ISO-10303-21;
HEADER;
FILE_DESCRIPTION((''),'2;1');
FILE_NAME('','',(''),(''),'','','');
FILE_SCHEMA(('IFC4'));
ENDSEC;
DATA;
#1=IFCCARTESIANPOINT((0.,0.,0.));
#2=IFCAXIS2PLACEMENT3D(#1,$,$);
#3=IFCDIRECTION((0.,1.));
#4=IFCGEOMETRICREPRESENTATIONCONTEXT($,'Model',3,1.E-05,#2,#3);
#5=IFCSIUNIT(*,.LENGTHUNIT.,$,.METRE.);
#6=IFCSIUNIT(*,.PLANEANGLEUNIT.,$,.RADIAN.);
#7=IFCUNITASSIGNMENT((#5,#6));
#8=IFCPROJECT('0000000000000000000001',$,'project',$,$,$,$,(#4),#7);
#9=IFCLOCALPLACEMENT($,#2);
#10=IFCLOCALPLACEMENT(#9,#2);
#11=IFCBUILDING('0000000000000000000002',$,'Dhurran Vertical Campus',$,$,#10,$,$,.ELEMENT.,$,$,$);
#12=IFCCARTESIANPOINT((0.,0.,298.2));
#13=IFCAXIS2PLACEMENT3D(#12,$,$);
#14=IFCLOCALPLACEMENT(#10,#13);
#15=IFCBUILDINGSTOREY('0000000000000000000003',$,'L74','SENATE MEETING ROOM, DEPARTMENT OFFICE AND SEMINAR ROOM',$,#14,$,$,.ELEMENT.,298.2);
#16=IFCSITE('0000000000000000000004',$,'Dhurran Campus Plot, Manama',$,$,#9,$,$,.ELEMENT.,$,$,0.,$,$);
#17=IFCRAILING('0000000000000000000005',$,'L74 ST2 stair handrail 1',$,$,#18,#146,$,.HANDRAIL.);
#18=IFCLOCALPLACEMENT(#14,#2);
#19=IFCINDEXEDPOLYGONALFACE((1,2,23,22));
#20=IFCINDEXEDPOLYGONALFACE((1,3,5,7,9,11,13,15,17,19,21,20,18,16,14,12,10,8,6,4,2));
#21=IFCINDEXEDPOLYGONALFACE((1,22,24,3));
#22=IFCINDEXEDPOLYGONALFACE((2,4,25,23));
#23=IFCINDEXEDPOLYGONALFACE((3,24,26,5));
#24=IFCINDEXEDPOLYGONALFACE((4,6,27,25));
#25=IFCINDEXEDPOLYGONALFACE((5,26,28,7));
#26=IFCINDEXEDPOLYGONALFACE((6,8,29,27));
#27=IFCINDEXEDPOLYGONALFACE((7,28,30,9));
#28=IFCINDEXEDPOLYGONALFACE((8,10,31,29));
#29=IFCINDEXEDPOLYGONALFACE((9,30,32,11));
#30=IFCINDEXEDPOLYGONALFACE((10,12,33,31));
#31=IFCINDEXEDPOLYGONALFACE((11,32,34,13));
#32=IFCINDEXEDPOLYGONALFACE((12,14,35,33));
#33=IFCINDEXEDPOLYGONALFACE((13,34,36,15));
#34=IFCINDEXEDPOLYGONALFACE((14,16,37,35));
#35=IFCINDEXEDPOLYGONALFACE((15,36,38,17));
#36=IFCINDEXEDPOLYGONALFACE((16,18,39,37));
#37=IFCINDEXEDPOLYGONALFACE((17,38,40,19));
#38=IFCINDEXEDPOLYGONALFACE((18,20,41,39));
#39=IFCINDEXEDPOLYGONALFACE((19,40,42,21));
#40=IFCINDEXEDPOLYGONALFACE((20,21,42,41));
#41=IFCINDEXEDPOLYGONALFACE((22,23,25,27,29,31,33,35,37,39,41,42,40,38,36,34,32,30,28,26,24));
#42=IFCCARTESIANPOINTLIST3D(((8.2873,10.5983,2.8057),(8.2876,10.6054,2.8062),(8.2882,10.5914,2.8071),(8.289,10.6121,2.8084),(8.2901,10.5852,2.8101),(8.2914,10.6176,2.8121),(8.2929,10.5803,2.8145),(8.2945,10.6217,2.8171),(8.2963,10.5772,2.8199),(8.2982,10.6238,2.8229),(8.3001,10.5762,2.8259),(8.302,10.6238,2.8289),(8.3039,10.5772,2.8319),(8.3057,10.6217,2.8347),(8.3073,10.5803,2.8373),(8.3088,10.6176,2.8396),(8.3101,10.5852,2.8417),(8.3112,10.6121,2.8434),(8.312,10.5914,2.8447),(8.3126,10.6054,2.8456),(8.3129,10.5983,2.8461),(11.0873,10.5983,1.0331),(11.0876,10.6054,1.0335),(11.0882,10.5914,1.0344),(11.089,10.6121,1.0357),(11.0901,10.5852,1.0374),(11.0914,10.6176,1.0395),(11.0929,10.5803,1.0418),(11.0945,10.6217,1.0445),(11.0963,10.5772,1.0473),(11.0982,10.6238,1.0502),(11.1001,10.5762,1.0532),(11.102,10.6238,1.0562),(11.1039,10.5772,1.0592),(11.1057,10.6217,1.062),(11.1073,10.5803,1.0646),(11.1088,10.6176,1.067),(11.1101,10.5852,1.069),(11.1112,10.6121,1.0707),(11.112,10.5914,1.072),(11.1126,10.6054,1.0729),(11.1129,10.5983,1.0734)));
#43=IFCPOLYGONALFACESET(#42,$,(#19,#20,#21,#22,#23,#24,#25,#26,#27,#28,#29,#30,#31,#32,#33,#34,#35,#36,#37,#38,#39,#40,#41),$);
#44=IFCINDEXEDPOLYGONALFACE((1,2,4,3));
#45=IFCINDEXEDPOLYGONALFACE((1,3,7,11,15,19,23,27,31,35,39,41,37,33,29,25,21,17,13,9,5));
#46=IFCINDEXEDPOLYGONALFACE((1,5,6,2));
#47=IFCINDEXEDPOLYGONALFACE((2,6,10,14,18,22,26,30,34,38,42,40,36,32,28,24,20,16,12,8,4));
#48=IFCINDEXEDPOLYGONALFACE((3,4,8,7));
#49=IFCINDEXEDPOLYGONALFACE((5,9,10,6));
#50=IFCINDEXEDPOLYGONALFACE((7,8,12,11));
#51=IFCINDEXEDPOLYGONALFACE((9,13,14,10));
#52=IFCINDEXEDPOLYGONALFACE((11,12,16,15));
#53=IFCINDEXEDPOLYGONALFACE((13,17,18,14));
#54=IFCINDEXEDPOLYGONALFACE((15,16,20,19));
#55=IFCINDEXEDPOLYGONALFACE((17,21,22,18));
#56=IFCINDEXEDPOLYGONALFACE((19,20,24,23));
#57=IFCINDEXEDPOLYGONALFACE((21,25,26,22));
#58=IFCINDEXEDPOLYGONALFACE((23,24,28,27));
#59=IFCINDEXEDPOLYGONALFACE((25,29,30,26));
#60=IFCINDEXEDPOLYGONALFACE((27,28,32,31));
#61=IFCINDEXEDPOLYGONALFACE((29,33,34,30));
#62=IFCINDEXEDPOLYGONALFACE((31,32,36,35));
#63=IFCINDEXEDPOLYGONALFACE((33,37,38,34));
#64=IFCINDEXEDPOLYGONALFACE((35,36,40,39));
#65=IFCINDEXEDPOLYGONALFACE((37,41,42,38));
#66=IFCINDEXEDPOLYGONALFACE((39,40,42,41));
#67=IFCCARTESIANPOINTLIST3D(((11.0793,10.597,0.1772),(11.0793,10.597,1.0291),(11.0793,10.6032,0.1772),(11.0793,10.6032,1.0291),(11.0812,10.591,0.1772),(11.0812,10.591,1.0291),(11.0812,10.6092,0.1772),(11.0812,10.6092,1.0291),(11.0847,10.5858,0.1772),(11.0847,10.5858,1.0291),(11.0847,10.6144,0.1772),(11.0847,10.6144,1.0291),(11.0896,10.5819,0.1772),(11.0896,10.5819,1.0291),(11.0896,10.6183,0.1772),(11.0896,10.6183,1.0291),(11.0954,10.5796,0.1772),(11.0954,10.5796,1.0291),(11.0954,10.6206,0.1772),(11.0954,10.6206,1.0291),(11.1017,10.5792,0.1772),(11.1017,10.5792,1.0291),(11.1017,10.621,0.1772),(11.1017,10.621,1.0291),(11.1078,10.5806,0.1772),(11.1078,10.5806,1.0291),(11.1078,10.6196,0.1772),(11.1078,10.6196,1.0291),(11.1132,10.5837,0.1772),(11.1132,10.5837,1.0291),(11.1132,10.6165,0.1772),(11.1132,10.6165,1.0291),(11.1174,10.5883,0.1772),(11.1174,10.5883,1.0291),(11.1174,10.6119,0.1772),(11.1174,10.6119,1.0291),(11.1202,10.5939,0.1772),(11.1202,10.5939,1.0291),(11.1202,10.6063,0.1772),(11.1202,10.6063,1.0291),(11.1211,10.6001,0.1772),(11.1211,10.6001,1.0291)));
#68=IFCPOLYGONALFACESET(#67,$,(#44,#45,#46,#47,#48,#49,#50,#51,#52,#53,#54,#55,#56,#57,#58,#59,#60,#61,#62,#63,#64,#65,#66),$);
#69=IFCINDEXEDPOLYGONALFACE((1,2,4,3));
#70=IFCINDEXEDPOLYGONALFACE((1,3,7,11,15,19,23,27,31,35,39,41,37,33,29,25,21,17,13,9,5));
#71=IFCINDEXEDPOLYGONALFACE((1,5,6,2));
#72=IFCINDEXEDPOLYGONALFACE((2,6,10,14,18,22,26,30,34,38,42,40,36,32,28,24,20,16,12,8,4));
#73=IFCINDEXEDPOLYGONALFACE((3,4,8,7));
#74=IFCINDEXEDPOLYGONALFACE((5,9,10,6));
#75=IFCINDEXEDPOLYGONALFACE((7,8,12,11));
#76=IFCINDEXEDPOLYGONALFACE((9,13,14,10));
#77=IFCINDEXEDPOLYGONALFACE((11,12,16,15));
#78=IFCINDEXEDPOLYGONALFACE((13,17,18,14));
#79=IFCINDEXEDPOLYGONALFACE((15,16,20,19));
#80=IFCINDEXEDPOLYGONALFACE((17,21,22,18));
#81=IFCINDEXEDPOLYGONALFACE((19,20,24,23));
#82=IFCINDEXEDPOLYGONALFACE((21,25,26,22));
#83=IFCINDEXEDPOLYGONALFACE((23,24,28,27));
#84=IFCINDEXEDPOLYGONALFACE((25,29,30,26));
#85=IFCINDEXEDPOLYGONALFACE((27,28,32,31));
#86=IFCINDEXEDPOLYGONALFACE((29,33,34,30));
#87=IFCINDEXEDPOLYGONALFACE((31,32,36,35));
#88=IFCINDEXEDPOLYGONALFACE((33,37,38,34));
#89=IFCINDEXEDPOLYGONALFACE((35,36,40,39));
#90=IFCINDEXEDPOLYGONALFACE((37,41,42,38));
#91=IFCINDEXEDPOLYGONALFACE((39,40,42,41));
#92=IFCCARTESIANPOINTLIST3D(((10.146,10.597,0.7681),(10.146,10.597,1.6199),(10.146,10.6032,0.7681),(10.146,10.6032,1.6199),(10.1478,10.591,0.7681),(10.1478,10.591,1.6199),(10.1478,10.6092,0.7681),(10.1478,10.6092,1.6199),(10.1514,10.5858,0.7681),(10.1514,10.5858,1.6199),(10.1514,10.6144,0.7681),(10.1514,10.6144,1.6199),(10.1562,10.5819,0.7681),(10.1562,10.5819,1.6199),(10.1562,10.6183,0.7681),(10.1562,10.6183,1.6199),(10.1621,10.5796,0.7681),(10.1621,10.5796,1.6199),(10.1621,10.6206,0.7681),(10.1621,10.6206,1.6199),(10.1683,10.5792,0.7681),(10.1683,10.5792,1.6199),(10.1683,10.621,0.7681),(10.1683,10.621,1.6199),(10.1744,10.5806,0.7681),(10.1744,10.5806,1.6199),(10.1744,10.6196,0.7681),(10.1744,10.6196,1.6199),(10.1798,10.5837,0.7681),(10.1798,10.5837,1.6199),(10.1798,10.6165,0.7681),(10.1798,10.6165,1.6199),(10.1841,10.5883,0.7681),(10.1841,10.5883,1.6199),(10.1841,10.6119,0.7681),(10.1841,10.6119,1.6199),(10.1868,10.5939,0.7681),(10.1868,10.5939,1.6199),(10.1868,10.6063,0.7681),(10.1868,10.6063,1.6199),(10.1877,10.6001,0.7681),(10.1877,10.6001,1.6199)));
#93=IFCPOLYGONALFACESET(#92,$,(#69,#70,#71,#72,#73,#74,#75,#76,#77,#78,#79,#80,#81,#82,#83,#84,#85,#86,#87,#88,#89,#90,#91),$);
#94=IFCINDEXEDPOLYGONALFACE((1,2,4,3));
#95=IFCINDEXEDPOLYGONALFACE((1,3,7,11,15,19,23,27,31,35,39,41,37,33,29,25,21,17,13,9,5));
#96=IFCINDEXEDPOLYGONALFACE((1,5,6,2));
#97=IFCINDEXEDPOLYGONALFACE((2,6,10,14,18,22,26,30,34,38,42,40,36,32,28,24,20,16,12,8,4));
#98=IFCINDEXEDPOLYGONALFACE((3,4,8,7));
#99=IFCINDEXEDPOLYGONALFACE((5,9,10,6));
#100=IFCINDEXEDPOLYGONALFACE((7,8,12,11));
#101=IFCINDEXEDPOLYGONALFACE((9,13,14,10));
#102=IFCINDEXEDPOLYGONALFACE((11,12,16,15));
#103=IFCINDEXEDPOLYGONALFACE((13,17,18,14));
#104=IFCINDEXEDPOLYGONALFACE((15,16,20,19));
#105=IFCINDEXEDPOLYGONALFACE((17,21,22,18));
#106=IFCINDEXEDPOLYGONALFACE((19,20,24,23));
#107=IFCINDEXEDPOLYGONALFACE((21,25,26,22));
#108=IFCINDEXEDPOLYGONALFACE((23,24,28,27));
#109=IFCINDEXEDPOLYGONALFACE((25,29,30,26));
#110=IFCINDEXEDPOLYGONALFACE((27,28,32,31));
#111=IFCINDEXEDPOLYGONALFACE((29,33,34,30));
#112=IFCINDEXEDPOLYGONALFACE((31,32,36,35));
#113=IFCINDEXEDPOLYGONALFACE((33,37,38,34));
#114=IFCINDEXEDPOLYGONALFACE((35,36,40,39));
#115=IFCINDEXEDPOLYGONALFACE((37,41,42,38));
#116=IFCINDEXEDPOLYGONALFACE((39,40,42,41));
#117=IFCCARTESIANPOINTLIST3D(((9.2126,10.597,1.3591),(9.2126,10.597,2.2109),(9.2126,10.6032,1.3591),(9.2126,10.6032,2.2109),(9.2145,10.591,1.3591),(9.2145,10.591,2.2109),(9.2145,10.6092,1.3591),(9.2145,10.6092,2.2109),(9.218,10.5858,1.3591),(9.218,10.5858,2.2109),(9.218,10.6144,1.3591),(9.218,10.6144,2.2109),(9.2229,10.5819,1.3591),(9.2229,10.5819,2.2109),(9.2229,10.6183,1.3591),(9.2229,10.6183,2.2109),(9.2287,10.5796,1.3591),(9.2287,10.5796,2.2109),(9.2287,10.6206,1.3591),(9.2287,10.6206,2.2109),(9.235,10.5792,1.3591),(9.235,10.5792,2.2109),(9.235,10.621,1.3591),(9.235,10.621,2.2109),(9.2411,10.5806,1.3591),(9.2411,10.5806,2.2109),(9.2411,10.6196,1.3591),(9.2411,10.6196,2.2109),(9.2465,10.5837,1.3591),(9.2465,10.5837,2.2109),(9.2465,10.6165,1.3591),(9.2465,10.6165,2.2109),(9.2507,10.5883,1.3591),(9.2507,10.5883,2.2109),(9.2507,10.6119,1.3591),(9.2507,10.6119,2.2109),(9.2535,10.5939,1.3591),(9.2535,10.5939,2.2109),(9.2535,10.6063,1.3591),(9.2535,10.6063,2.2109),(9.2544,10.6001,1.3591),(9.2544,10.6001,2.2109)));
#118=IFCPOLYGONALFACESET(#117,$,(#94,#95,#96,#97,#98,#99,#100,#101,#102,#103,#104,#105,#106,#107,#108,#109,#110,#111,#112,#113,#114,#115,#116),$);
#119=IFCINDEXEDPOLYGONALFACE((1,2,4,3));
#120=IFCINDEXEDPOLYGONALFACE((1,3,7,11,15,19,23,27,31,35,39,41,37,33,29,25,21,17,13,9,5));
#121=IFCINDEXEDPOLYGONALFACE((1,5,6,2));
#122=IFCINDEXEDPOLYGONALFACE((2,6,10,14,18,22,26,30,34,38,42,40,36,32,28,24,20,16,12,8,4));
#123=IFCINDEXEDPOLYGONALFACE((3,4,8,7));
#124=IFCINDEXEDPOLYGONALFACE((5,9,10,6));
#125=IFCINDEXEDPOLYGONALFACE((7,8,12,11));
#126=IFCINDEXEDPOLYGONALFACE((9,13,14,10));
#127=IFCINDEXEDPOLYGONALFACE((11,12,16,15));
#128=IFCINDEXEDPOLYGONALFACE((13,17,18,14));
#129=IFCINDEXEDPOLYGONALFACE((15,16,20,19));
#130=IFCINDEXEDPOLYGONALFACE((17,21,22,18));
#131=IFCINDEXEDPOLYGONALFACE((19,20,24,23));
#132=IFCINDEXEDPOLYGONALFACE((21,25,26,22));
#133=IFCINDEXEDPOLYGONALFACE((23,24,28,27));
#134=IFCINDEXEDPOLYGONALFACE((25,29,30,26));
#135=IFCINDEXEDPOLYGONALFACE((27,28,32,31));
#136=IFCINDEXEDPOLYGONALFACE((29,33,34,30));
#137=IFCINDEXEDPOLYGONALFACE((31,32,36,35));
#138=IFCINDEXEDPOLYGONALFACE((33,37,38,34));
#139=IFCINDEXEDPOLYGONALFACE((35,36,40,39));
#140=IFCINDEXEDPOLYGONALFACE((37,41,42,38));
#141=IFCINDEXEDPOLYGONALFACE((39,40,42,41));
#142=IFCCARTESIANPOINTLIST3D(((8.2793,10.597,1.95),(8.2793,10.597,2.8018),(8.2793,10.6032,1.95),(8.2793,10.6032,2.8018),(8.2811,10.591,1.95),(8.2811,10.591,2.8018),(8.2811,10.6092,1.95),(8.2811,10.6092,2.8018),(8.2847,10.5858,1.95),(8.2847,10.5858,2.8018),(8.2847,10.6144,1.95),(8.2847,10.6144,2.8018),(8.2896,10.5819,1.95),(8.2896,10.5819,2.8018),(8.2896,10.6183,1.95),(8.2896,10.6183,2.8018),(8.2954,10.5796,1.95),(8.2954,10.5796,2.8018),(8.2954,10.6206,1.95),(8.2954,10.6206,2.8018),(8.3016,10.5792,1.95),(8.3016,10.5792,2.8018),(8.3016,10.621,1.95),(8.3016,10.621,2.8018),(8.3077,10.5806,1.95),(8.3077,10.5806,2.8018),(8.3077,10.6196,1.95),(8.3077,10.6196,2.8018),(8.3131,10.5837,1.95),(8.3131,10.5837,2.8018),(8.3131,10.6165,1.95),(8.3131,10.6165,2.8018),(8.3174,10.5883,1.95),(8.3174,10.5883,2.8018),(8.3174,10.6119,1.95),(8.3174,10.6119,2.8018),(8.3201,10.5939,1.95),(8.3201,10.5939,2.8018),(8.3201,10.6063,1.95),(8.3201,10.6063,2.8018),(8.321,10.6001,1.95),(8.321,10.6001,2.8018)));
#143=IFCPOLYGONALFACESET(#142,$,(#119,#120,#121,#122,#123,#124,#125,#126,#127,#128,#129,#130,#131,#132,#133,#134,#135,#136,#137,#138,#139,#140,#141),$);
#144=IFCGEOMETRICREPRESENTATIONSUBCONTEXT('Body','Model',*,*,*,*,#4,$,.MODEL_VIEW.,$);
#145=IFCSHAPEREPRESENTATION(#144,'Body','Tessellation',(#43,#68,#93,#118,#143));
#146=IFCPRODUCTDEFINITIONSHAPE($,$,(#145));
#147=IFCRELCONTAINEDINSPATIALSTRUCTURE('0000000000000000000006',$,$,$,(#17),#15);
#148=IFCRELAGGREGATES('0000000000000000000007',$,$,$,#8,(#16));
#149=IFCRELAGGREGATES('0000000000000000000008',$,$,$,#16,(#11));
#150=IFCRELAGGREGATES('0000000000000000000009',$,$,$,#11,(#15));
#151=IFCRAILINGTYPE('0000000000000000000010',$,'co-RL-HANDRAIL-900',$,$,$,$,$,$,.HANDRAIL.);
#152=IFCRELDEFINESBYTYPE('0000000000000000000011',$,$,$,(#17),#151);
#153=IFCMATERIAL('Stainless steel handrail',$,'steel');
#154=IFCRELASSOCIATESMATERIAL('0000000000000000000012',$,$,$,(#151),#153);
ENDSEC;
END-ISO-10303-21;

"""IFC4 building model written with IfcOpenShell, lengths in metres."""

from ifc_helpers import new_model, si_unit, direction, frame, origin, origin_2d, place, context, subcontext, project, spatial, circle, extrude, material, type_object, element, save


model = new_model("IFC4")

# Units and contexts
model_context = context("Model", 3, precision=1e-05, world=origin(), true_north=direction((0.0, 1.0)))
body_context = subcontext(model_context, "Body", "Model", "MODEL_VIEW")
ifc_project = project(units=[si_unit("LENGTHUNIT", "METRE"), si_unit("PLANEANGLEUNIT", "RADIAN")], contexts=[model_context])

# Site, building, storey
site_placement = place(None, origin())
site = spatial("IfcSite", under=ifc_project, at=site_placement, Name="Dhurran Campus Plot, Manama", CompositionType="ELEMENT", RefElevation=0.0)
building_placement = place(site_placement, origin())
building = spatial("IfcBuilding", under=site, at=building_placement, Name="Dhurran Vertical Campus", CompositionType="ELEMENT")
storey_placement = place(building_placement, frame((0.0, 0.0, 298.2)))
storey = spatial("IfcBuildingStorey", under=building, at=storey_placement, Name="L74", Description="SENATE MEETING ROOM, DEPARTMENT OFFICE AND SEMINAR ROOM", CompositionType="ELEMENT", Elevation=298.2)

# Railing
ifc_material_1 = material(Name="Stainless steel handrail", Category="steel")
railing_type = type_object("IfcRailingType", Name="co-RL-HANDRAIL-900", PredefinedType="HANDRAIL", material=ifc_material_1)
railing_placement = place(storey_placement, frame((11.1001, 10.6001, 0.1772)))
element("IfcRailing", 1, at=railing_placement, inside=storey, type_object=railing_type, Name="L74 ST2 stair handrail 1", PredefinedType="HANDRAIL", context=body_context, shape_type="SweptSolid", body=[
    extrude(circle(Radius=0.0239, at=origin_2d()), frame((0.0, 0.0, 0.876), z_axis=(-0.844909, 0.0, 0.53491), x_axis=(0.0, -1.0, 0.0)), (0.0, 0.0, 1.0), 3.314),
    extrude(circle(Radius=0.021, at=origin_2d()), origin(), (0.0, 0.0, 1.0), 0.8518),
    extrude(circle(Radius=0.021, at=origin_2d()), frame((-0.9333, 0.0, 0.5908)), (0.0, 0.0, 1.0), 0.8518),
    extrude(circle(Radius=0.021, at=origin_2d()), frame((-1.8667, 0.0, 1.1819)), (0.0, 0.0, 1.0), 0.8518),
    extrude(circle(Radius=0.021, at=origin_2d()), frame((-2.8, 0.0, 1.7727)), (0.0, 0.0, 1.0), 0.8518),
])

save(model, "model.ifc")
